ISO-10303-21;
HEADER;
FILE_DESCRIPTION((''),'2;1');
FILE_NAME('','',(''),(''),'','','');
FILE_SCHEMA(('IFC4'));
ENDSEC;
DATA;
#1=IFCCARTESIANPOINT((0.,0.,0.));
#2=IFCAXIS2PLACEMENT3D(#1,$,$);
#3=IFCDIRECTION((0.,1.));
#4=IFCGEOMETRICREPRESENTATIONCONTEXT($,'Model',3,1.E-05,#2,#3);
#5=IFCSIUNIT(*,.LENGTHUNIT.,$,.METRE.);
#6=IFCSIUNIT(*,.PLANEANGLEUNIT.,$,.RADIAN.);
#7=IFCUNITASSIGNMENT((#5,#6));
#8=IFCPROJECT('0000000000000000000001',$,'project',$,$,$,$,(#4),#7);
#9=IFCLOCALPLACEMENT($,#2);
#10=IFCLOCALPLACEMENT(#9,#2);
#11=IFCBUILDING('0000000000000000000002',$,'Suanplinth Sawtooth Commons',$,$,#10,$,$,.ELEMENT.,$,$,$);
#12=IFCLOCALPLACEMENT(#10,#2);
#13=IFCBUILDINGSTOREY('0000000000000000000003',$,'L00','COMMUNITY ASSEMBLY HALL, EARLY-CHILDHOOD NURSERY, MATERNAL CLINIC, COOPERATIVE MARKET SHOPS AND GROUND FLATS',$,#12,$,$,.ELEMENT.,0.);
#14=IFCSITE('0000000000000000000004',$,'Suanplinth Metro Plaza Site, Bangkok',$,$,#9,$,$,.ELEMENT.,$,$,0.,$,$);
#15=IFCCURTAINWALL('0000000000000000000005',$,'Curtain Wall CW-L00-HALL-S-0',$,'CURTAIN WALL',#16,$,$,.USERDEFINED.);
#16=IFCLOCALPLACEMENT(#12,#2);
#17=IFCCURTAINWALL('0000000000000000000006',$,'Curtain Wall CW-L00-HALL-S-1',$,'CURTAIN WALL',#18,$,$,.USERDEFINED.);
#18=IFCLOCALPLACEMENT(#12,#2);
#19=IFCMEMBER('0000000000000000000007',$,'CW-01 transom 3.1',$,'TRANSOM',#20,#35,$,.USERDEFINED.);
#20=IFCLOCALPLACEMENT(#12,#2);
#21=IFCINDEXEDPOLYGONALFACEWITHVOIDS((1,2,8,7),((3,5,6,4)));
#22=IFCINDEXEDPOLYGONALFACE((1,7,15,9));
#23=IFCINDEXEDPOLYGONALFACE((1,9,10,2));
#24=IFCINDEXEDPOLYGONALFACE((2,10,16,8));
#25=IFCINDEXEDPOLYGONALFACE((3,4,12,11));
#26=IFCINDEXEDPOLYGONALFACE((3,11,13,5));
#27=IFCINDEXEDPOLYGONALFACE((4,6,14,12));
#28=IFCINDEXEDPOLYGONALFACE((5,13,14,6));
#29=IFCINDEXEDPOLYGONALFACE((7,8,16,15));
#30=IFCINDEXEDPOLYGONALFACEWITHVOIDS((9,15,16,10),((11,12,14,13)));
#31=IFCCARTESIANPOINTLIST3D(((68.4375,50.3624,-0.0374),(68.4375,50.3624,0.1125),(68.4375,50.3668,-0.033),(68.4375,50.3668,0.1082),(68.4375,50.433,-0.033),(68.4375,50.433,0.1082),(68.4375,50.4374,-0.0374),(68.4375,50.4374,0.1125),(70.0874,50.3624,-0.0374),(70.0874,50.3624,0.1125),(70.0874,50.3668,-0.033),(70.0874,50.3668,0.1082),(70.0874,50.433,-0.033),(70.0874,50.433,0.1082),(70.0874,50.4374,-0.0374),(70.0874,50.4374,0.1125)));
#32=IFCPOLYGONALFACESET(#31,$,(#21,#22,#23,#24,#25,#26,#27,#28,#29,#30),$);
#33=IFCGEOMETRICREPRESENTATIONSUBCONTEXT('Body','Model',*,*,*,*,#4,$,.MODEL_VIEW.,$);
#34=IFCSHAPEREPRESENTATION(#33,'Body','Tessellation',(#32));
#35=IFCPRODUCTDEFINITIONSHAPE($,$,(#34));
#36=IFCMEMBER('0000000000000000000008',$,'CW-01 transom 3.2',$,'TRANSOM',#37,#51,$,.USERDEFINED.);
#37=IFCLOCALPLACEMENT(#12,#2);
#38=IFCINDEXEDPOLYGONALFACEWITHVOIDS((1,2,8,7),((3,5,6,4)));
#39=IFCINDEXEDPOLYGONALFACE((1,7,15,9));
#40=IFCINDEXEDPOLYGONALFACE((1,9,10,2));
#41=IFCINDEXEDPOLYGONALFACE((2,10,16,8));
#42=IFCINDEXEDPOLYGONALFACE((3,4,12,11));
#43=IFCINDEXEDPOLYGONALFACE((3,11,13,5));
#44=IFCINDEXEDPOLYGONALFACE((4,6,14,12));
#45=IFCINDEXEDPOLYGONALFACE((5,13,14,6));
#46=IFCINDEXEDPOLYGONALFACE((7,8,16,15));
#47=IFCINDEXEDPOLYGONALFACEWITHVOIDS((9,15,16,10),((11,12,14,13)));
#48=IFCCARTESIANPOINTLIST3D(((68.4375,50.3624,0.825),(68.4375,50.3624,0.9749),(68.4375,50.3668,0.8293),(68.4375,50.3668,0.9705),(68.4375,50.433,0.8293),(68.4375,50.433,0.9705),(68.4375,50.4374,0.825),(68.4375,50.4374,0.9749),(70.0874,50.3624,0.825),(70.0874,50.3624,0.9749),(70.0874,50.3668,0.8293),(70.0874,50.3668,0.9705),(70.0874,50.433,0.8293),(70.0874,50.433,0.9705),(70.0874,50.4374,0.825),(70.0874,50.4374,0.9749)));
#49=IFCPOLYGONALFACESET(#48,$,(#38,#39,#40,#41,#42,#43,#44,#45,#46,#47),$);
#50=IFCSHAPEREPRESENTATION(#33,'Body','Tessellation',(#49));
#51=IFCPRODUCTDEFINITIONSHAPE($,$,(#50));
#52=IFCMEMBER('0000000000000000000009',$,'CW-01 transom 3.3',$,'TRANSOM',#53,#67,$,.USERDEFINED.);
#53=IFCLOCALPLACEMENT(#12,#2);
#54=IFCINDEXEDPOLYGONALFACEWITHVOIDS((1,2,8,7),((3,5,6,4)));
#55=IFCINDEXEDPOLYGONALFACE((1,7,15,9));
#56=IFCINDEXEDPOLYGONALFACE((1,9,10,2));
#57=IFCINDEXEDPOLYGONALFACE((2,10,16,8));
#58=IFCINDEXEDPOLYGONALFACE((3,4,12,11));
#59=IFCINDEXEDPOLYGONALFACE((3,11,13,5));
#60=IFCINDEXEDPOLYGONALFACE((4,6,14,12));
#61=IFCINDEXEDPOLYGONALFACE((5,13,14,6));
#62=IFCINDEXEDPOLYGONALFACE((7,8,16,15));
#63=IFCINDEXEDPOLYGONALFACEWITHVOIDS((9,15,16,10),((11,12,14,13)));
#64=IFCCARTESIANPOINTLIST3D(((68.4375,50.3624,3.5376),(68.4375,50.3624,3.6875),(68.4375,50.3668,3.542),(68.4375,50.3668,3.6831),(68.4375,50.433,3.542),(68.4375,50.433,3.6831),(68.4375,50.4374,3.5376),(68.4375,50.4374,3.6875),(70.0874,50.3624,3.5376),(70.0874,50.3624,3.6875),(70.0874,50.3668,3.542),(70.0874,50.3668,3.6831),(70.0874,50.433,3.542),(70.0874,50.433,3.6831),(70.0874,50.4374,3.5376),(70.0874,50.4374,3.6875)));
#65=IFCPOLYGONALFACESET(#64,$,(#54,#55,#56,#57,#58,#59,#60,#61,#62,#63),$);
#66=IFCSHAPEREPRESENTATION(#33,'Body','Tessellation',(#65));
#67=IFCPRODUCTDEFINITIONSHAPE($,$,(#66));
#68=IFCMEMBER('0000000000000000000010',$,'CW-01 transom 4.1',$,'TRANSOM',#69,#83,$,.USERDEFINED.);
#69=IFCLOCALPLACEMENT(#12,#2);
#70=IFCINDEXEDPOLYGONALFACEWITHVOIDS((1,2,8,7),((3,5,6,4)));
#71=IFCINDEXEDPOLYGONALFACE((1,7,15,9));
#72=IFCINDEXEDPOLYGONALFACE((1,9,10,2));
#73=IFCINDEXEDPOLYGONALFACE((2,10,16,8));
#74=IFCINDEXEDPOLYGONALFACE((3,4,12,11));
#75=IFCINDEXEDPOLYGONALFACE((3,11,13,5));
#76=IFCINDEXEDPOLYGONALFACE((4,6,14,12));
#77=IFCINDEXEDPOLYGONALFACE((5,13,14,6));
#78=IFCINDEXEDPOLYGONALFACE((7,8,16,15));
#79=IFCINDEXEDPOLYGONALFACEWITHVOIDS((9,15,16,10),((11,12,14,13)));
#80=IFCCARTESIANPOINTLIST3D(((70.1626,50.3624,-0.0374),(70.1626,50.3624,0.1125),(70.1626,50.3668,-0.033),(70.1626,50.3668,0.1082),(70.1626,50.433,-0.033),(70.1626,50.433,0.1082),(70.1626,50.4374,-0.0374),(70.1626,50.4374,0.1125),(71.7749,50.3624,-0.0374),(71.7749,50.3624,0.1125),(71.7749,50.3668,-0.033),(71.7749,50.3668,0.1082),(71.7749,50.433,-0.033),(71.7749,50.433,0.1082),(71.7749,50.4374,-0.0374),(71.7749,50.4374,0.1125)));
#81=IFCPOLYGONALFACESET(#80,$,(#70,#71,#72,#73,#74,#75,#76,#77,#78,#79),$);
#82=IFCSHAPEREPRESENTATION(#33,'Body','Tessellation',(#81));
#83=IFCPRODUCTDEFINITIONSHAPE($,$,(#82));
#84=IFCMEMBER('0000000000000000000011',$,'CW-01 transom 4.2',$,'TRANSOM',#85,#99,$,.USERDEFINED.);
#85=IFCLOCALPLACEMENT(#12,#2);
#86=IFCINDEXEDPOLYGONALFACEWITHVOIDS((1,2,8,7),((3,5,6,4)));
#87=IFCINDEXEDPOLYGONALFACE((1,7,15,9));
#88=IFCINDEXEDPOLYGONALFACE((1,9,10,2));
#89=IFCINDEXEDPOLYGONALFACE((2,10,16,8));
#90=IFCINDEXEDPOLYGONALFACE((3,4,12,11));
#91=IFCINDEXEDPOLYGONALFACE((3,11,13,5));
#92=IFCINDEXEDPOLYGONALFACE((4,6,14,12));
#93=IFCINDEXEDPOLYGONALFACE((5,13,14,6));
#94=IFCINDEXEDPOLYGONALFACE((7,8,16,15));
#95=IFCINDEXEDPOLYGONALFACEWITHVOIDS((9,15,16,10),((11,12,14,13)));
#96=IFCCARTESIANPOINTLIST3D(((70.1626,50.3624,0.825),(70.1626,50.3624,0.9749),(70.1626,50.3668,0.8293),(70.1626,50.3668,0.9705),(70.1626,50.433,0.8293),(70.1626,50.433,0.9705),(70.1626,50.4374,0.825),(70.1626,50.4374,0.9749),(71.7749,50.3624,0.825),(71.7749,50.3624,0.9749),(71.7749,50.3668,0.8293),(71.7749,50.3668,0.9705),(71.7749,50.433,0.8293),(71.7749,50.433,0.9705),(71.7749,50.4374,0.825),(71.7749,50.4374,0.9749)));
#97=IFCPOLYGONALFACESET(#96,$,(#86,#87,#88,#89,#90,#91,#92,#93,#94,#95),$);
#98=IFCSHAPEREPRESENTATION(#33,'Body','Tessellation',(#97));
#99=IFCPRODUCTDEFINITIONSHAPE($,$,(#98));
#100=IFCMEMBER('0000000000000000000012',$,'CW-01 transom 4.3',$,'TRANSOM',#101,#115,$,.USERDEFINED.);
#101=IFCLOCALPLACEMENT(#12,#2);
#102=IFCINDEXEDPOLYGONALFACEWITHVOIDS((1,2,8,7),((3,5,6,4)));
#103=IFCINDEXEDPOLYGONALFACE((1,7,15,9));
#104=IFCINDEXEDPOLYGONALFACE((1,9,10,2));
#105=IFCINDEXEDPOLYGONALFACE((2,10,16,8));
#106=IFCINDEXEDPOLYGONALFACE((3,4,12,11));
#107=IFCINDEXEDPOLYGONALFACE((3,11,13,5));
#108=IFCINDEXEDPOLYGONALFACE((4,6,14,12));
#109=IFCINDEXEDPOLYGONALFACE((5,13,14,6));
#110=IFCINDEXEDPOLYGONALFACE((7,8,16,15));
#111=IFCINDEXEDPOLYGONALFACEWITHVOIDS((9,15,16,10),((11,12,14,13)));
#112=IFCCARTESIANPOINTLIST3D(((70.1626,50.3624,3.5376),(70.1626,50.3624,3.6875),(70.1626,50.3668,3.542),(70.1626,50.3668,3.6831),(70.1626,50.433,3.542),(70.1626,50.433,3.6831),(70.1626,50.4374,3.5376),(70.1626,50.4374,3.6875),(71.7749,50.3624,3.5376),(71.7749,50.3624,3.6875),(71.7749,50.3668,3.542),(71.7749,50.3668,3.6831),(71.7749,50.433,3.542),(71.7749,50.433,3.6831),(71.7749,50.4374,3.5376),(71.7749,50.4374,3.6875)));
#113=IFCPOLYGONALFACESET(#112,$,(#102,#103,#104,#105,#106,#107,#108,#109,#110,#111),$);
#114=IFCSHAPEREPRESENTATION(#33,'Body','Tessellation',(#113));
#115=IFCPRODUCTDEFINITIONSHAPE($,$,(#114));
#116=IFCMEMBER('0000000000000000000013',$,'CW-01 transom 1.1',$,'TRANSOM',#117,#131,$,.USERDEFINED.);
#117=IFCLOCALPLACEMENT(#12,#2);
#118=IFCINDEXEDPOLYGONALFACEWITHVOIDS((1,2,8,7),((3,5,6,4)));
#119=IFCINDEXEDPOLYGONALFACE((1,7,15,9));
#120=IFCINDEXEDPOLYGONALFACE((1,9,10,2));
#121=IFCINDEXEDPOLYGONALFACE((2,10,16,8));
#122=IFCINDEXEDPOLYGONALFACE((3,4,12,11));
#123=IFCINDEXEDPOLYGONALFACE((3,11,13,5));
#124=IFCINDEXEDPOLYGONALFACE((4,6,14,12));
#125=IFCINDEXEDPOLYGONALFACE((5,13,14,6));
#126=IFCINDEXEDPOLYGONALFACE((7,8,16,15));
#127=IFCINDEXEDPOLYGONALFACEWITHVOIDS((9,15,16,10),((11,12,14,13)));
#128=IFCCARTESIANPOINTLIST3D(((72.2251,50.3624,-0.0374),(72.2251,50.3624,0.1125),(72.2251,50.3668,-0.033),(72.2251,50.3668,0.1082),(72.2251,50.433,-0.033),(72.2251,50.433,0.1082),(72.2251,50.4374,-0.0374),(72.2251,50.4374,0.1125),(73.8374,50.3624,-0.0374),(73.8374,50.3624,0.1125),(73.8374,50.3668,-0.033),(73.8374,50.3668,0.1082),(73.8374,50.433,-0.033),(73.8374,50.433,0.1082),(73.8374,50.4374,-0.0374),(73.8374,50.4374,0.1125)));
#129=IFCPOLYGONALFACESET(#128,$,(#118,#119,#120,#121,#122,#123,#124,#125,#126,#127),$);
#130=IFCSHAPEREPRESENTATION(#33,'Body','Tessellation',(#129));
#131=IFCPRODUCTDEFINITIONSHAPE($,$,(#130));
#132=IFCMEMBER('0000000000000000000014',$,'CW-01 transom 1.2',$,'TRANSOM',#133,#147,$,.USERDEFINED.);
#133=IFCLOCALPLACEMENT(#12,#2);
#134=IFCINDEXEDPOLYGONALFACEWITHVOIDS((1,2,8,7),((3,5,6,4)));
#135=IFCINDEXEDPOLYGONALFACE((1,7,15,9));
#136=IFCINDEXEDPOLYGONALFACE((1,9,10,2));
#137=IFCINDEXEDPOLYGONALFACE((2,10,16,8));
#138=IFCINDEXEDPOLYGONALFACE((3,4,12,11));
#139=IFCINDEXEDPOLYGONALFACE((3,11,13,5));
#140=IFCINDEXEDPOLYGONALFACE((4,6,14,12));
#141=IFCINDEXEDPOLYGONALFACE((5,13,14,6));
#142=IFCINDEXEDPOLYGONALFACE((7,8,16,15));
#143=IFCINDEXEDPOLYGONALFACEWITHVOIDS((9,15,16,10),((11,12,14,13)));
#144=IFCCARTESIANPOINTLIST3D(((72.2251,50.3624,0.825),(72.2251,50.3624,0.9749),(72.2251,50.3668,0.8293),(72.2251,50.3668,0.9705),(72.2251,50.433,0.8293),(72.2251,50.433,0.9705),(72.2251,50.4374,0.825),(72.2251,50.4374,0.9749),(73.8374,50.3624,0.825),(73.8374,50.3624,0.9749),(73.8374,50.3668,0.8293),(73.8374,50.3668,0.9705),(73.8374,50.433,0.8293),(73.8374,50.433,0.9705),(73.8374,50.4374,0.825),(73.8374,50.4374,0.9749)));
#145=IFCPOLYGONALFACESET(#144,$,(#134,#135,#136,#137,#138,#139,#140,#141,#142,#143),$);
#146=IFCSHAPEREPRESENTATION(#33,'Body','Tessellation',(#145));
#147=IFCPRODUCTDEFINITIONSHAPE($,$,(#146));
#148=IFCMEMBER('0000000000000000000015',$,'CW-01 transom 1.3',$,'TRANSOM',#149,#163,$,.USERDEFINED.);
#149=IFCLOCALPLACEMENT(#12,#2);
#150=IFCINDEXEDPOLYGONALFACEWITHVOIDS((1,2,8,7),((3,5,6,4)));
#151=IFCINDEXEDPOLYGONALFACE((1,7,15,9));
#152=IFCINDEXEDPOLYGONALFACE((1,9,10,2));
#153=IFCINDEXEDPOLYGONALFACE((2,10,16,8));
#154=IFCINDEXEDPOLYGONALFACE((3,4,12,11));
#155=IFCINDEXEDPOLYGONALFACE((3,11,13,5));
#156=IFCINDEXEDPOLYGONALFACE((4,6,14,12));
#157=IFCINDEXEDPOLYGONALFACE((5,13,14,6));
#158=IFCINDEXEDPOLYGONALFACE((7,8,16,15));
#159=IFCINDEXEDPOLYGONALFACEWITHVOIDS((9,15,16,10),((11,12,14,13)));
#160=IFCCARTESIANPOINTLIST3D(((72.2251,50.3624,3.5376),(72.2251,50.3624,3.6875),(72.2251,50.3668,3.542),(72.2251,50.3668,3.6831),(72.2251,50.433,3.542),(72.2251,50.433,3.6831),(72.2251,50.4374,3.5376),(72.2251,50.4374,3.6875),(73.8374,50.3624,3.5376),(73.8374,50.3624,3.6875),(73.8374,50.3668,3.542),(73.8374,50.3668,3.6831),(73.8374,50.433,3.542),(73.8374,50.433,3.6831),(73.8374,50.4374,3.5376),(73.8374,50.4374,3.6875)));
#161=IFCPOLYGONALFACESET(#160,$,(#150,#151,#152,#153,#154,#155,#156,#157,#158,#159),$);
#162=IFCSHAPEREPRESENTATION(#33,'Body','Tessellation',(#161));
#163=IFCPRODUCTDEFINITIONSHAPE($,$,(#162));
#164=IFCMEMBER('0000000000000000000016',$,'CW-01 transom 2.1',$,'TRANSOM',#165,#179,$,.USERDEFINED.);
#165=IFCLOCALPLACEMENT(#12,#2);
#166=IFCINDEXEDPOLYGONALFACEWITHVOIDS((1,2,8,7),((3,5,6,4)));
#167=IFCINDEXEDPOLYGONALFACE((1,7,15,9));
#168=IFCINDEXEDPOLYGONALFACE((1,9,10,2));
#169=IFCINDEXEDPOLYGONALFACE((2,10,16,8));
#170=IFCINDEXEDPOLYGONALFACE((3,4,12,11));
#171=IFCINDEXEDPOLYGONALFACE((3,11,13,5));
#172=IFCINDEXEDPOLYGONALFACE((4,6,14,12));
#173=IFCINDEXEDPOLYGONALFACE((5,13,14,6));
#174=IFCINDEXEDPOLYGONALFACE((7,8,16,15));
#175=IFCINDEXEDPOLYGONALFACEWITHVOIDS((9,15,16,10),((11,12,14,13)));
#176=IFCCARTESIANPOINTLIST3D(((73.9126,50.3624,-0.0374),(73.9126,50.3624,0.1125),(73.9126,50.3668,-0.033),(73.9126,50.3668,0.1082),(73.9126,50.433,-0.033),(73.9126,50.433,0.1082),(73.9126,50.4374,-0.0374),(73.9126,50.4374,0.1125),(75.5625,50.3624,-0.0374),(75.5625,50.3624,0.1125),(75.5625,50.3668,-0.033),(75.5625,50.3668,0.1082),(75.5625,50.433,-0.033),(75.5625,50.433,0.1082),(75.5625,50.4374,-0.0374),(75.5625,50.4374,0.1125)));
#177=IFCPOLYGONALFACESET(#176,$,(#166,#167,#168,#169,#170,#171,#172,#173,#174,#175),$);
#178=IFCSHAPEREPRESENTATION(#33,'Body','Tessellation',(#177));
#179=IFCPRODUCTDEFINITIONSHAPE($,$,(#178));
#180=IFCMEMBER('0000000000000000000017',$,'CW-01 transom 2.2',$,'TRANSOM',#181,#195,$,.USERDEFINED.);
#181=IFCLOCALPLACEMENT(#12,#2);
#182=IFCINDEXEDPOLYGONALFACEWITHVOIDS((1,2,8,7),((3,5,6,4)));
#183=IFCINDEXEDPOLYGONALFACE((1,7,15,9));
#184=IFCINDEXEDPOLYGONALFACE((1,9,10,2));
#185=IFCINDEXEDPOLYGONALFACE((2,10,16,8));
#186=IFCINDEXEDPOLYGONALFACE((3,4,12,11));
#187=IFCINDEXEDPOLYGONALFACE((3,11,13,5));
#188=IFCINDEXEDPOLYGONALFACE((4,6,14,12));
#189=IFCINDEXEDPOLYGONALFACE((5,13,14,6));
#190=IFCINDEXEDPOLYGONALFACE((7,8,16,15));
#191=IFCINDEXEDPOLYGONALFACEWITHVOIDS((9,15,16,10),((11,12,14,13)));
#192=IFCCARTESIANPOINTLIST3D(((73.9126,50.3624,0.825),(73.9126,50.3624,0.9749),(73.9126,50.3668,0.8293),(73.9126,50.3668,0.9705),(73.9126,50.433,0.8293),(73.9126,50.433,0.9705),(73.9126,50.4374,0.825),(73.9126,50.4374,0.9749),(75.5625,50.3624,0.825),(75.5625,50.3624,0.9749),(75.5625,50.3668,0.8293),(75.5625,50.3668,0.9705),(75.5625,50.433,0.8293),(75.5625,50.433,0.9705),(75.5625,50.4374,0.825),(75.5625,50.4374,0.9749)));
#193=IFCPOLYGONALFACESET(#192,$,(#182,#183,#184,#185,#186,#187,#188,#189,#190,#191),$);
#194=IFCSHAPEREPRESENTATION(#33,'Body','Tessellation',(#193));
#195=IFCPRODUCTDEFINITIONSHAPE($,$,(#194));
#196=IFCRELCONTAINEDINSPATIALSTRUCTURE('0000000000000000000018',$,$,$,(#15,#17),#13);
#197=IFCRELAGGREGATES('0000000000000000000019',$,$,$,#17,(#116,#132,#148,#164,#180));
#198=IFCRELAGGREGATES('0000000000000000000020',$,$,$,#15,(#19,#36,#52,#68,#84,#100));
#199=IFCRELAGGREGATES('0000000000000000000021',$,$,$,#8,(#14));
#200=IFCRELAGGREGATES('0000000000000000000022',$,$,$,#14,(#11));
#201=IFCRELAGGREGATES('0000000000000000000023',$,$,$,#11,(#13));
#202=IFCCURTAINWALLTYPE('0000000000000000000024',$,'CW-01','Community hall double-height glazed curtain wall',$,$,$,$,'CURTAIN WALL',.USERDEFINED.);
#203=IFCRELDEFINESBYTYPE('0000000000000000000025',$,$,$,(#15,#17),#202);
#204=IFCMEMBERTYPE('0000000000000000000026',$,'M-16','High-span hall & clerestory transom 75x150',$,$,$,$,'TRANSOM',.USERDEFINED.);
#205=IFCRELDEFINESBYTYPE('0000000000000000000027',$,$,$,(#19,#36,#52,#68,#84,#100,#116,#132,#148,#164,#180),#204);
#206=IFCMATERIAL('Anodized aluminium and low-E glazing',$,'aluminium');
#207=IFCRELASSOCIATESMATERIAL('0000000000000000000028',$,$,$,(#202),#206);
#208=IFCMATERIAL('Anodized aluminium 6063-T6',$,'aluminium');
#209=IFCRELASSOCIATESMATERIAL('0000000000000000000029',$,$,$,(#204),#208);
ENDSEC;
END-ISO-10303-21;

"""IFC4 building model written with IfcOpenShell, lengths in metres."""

from ifc_helpers import new_model, si_unit, direction, frame, origin, origin_2d, place, context, subcontext, project, spatial, hollow_rectangle, extrude, material, material_profile, profile_set, type_object, element, aggregate, save


model = new_model("IFC4")

# Units and contexts
model_context = context("Model", 3, precision=1e-05, world=origin(), true_north=direction((0.0, 1.0)))
body_context = subcontext(model_context, "Body", "Model", "MODEL_VIEW")
ifc_project = project(units=[si_unit("LENGTHUNIT", "METRE"), si_unit("PLANEANGLEUNIT", "RADIAN")], contexts=[model_context])

# Site, building, storey
site_placement = place(None, origin())
site = spatial("IfcSite", under=ifc_project, at=site_placement, Name="Suanplinth Metro Plaza Site, Bangkok", CompositionType="ELEMENT", RefElevation=0.0)
building_placement = place(site_placement, origin())
building = spatial("IfcBuilding", under=site, at=building_placement, Name="Suanplinth Sawtooth Commons", CompositionType="ELEMENT")
storey_placement = place(building_placement, origin())
storey = spatial("IfcBuildingStorey", under=building, at=storey_placement, Name="L00", Description="COMMUNITY ASSEMBLY HALL, EARLY-CHILDHOOD NURSERY, MATERNAL CLINIC, COOPERATIVE MARKET SHOPS AND GROUND FLATS", CompositionType="ELEMENT", Elevation=0.0)

# Curtain walls
ifc_material_1 = material(Name="Anodized aluminium and low-E glazing", Category="aluminium")
curtain_wall_type = type_object("IfcCurtainWallType", Name="CW-01", Description="Community hall double-height glazed curtain wall", ElementType="CURTAIN WALL", PredefinedType="USERDEFINED", material=ifc_material_1)
curtain_wall_1_placement = place(storey_placement, origin())
curtain_wall_1 = element("IfcCurtainWall", 1, at=curtain_wall_1_placement, inside=storey, type_object=curtain_wall_type, Name="Curtain Wall CW-L00-HALL-S-0", ObjectType="CURTAIN WALL", PredefinedType="USERDEFINED")
ifc_material_2 = material(Name="Anodized aluminium 6063-T6", Category="aluminium")
curtain_wall_2_placement = place(storey_placement, origin())
curtain_wall_2 = element("IfcCurtainWall", 2, at=curtain_wall_2_placement, inside=storey, type_object=curtain_wall_type, Name="Curtain Wall CW-L00-HALL-S-1", ObjectType="CURTAIN WALL", PredefinedType="USERDEFINED")

# Members
ifc_material_profile_1 = material_profile(ifc_material_2, hollow_rectangle(XDim=0.075, YDim=0.1499, WallThickness=0.0044, at=origin_2d()), Name="ALU-TRN 75x150")
ifc_profile_set_1 = profile_set([ifc_material_profile_1], Name="Anodized aluminium 6063-T6")
member_type_1 = type_object("IfcMemberType", Name="M-16", Description="High-span hall & clerestory transom 75x150", ElementType="TRANSOM", PredefinedType="USERDEFINED", material=ifc_profile_set_1)
member_1_placement = place(storey_placement, frame((68.4375, 50.3999, 0.0376), z_axis=(1.0, 0.0, 0.0), x_axis=(0.0, 1.0, 0.0)))
member_1 = element("IfcMember", 3, at=member_1_placement, type_object=member_type_1, Name="CW-01 transom 3.1", ObjectType="TRANSOM", PredefinedType="USERDEFINED", context=body_context, shape_type="SweptSolid", body=[
    extrude(hollow_rectangle(XDim=0.075, YDim=0.1499, WallThickness=0.0044, at=origin_2d()), origin(), (0.0, 0.0, 1.0), 1.6499),
])
member_2_placement = place(storey_placement, frame((68.4375, 50.3999, 0.8999), z_axis=(1.0, 0.0, 0.0), x_axis=(0.0, 1.0, 0.0)))
member_2 = element("IfcMember", 4, at=member_2_placement, type_object=member_type_1, Name="CW-01 transom 3.2", ObjectType="TRANSOM", PredefinedType="USERDEFINED", context=body_context, shape_type="SweptSolid", body=[
    extrude(hollow_rectangle(XDim=0.075, YDim=0.1499, WallThickness=0.0044, at=origin_2d()), origin(), (0.0, 0.0, 1.0), 1.6499),
])
member_3_placement = place(storey_placement, frame((68.4375, 50.3999, 3.6125), z_axis=(1.0, 0.0, 0.0), x_axis=(0.0, 1.0, 0.0)))
member_3 = element("IfcMember", 5, at=member_3_placement, type_object=member_type_1, Name="CW-01 transom 3.3", ObjectType="TRANSOM", PredefinedType="USERDEFINED", context=body_context, shape_type="SweptSolid", body=[
    extrude(hollow_rectangle(XDim=0.075, YDim=0.1499, WallThickness=0.0044, at=origin_2d()), origin(), (0.0, 0.0, 1.0), 1.6499),
])
member_4_placement = place(storey_placement, frame((70.1626, 50.3999, 0.0376), z_axis=(1.0, 0.0, 0.0), x_axis=(0.0, 1.0, 0.0)))
member_4 = element("IfcMember", 6, at=member_4_placement, type_object=member_type_1, Name="CW-01 transom 4.1", ObjectType="TRANSOM", PredefinedType="USERDEFINED", context=body_context, shape_type="SweptSolid", body=[
    extrude(hollow_rectangle(XDim=0.075, YDim=0.1499, WallThickness=0.0044, at=origin_2d()), origin(), (0.0, 0.0, 1.0), 1.6123),
])
member_5_placement = place(storey_placement, frame((70.1626, 50.3999, 0.8999), z_axis=(1.0, 0.0, 0.0), x_axis=(0.0, 1.0, 0.0)))
member_5 = element("IfcMember", 7, at=member_5_placement, type_object=member_type_1, Name="CW-01 transom 4.2", ObjectType="TRANSOM", PredefinedType="USERDEFINED", context=body_context, shape_type="SweptSolid", body=[
    extrude(hollow_rectangle(XDim=0.075, YDim=0.1499, WallThickness=0.0044, at=origin_2d()), origin(), (0.0, 0.0, 1.0), 1.6123),
])
member_6_placement = place(storey_placement, frame((70.1626, 50.3999, 3.6125), z_axis=(1.0, 0.0, 0.0), x_axis=(0.0, 1.0, 0.0)))
member_6 = element("IfcMember", 8, at=member_6_placement, type_object=member_type_1, Name="CW-01 transom 4.3", ObjectType="TRANSOM", PredefinedType="USERDEFINED", context=body_context, shape_type="SweptSolid", body=[
    extrude(hollow_rectangle(XDim=0.075, YDim=0.1499, WallThickness=0.0044, at=origin_2d()), origin(), (0.0, 0.0, 1.0), 1.6123),
])
member_7_placement = place(storey_placement, frame((72.2251, 50.3999, 0.0376), z_axis=(1.0, 0.0, 0.0), x_axis=(0.0, 1.0, 0.0)))
member_7 = element("IfcMember", 9, at=member_7_placement, type_object=member_type_1, Name="CW-01 transom 1.1", ObjectType="TRANSOM", PredefinedType="USERDEFINED", context=body_context, shape_type="SweptSolid", body=[
    extrude(hollow_rectangle(XDim=0.075, YDim=0.1499, WallThickness=0.0044, at=origin_2d()), origin(), (0.0, 0.0, 1.0), 1.6123),
])
member_8_placement = place(storey_placement, frame((72.2251, 50.3999, 0.8999), z_axis=(1.0, 0.0, 0.0), x_axis=(0.0, 1.0, 0.0)))
member_8 = element("IfcMember", 10, at=member_8_placement, type_object=member_type_1, Name="CW-01 transom 1.2", ObjectType="TRANSOM", PredefinedType="USERDEFINED", context=body_context, shape_type="SweptSolid", body=[
    extrude(hollow_rectangle(XDim=0.075, YDim=0.1499, WallThickness=0.0044, at=origin_2d()), origin(), (0.0, 0.0, 1.0), 1.6123),
])
member_9_placement = place(storey_placement, frame((72.2251, 50.3999, 3.6125), z_axis=(1.0, 0.0, 0.0), x_axis=(0.0, 1.0, 0.0)))
member_9 = element("IfcMember", 11, at=member_9_placement, type_object=member_type_1, Name="CW-01 transom 1.3", ObjectType="TRANSOM", PredefinedType="USERDEFINED", context=body_context, shape_type="SweptSolid", body=[
    extrude(hollow_rectangle(XDim=0.075, YDim=0.1499, WallThickness=0.0044, at=origin_2d()), origin(), (0.0, 0.0, 1.0), 1.6123),
])
member_10_placement = place(storey_placement, frame((73.9126, 50.3999, 0.0376), z_axis=(1.0, 0.0, 0.0), x_axis=(0.0, 1.0, 0.0)))
member_10 = element("IfcMember", 12, at=member_10_placement, type_object=member_type_1, Name="CW-01 transom 2.1", ObjectType="TRANSOM", PredefinedType="USERDEFINED", context=body_context, shape_type="SweptSolid", body=[
    extrude(hollow_rectangle(XDim=0.075, YDim=0.1499, WallThickness=0.0044, at=origin_2d()), origin(), (0.0, 0.0, 1.0), 1.6499),
])
member_11_placement = place(storey_placement, frame((73.9126, 50.3999, 0.8999), z_axis=(1.0, 0.0, 0.0), x_axis=(0.0, 1.0, 0.0)))
member_11 = element("IfcMember", 13, at=member_11_placement, type_object=member_type_1, Name="CW-01 transom 2.2", ObjectType="TRANSOM", PredefinedType="USERDEFINED", context=body_context, shape_type="SweptSolid", body=[
    extrude(hollow_rectangle(XDim=0.075, YDim=0.1499, WallThickness=0.0044, at=origin_2d()), origin(), (0.0, 0.0, 1.0), 1.6499),
])

aggregate(curtain_wall_2, [member_7, member_8, member_9, member_10, member_11])
aggregate(curtain_wall_1, [member_1, member_2, member_3, member_4, member_5, member_6])

save(model, "model.ifc")
